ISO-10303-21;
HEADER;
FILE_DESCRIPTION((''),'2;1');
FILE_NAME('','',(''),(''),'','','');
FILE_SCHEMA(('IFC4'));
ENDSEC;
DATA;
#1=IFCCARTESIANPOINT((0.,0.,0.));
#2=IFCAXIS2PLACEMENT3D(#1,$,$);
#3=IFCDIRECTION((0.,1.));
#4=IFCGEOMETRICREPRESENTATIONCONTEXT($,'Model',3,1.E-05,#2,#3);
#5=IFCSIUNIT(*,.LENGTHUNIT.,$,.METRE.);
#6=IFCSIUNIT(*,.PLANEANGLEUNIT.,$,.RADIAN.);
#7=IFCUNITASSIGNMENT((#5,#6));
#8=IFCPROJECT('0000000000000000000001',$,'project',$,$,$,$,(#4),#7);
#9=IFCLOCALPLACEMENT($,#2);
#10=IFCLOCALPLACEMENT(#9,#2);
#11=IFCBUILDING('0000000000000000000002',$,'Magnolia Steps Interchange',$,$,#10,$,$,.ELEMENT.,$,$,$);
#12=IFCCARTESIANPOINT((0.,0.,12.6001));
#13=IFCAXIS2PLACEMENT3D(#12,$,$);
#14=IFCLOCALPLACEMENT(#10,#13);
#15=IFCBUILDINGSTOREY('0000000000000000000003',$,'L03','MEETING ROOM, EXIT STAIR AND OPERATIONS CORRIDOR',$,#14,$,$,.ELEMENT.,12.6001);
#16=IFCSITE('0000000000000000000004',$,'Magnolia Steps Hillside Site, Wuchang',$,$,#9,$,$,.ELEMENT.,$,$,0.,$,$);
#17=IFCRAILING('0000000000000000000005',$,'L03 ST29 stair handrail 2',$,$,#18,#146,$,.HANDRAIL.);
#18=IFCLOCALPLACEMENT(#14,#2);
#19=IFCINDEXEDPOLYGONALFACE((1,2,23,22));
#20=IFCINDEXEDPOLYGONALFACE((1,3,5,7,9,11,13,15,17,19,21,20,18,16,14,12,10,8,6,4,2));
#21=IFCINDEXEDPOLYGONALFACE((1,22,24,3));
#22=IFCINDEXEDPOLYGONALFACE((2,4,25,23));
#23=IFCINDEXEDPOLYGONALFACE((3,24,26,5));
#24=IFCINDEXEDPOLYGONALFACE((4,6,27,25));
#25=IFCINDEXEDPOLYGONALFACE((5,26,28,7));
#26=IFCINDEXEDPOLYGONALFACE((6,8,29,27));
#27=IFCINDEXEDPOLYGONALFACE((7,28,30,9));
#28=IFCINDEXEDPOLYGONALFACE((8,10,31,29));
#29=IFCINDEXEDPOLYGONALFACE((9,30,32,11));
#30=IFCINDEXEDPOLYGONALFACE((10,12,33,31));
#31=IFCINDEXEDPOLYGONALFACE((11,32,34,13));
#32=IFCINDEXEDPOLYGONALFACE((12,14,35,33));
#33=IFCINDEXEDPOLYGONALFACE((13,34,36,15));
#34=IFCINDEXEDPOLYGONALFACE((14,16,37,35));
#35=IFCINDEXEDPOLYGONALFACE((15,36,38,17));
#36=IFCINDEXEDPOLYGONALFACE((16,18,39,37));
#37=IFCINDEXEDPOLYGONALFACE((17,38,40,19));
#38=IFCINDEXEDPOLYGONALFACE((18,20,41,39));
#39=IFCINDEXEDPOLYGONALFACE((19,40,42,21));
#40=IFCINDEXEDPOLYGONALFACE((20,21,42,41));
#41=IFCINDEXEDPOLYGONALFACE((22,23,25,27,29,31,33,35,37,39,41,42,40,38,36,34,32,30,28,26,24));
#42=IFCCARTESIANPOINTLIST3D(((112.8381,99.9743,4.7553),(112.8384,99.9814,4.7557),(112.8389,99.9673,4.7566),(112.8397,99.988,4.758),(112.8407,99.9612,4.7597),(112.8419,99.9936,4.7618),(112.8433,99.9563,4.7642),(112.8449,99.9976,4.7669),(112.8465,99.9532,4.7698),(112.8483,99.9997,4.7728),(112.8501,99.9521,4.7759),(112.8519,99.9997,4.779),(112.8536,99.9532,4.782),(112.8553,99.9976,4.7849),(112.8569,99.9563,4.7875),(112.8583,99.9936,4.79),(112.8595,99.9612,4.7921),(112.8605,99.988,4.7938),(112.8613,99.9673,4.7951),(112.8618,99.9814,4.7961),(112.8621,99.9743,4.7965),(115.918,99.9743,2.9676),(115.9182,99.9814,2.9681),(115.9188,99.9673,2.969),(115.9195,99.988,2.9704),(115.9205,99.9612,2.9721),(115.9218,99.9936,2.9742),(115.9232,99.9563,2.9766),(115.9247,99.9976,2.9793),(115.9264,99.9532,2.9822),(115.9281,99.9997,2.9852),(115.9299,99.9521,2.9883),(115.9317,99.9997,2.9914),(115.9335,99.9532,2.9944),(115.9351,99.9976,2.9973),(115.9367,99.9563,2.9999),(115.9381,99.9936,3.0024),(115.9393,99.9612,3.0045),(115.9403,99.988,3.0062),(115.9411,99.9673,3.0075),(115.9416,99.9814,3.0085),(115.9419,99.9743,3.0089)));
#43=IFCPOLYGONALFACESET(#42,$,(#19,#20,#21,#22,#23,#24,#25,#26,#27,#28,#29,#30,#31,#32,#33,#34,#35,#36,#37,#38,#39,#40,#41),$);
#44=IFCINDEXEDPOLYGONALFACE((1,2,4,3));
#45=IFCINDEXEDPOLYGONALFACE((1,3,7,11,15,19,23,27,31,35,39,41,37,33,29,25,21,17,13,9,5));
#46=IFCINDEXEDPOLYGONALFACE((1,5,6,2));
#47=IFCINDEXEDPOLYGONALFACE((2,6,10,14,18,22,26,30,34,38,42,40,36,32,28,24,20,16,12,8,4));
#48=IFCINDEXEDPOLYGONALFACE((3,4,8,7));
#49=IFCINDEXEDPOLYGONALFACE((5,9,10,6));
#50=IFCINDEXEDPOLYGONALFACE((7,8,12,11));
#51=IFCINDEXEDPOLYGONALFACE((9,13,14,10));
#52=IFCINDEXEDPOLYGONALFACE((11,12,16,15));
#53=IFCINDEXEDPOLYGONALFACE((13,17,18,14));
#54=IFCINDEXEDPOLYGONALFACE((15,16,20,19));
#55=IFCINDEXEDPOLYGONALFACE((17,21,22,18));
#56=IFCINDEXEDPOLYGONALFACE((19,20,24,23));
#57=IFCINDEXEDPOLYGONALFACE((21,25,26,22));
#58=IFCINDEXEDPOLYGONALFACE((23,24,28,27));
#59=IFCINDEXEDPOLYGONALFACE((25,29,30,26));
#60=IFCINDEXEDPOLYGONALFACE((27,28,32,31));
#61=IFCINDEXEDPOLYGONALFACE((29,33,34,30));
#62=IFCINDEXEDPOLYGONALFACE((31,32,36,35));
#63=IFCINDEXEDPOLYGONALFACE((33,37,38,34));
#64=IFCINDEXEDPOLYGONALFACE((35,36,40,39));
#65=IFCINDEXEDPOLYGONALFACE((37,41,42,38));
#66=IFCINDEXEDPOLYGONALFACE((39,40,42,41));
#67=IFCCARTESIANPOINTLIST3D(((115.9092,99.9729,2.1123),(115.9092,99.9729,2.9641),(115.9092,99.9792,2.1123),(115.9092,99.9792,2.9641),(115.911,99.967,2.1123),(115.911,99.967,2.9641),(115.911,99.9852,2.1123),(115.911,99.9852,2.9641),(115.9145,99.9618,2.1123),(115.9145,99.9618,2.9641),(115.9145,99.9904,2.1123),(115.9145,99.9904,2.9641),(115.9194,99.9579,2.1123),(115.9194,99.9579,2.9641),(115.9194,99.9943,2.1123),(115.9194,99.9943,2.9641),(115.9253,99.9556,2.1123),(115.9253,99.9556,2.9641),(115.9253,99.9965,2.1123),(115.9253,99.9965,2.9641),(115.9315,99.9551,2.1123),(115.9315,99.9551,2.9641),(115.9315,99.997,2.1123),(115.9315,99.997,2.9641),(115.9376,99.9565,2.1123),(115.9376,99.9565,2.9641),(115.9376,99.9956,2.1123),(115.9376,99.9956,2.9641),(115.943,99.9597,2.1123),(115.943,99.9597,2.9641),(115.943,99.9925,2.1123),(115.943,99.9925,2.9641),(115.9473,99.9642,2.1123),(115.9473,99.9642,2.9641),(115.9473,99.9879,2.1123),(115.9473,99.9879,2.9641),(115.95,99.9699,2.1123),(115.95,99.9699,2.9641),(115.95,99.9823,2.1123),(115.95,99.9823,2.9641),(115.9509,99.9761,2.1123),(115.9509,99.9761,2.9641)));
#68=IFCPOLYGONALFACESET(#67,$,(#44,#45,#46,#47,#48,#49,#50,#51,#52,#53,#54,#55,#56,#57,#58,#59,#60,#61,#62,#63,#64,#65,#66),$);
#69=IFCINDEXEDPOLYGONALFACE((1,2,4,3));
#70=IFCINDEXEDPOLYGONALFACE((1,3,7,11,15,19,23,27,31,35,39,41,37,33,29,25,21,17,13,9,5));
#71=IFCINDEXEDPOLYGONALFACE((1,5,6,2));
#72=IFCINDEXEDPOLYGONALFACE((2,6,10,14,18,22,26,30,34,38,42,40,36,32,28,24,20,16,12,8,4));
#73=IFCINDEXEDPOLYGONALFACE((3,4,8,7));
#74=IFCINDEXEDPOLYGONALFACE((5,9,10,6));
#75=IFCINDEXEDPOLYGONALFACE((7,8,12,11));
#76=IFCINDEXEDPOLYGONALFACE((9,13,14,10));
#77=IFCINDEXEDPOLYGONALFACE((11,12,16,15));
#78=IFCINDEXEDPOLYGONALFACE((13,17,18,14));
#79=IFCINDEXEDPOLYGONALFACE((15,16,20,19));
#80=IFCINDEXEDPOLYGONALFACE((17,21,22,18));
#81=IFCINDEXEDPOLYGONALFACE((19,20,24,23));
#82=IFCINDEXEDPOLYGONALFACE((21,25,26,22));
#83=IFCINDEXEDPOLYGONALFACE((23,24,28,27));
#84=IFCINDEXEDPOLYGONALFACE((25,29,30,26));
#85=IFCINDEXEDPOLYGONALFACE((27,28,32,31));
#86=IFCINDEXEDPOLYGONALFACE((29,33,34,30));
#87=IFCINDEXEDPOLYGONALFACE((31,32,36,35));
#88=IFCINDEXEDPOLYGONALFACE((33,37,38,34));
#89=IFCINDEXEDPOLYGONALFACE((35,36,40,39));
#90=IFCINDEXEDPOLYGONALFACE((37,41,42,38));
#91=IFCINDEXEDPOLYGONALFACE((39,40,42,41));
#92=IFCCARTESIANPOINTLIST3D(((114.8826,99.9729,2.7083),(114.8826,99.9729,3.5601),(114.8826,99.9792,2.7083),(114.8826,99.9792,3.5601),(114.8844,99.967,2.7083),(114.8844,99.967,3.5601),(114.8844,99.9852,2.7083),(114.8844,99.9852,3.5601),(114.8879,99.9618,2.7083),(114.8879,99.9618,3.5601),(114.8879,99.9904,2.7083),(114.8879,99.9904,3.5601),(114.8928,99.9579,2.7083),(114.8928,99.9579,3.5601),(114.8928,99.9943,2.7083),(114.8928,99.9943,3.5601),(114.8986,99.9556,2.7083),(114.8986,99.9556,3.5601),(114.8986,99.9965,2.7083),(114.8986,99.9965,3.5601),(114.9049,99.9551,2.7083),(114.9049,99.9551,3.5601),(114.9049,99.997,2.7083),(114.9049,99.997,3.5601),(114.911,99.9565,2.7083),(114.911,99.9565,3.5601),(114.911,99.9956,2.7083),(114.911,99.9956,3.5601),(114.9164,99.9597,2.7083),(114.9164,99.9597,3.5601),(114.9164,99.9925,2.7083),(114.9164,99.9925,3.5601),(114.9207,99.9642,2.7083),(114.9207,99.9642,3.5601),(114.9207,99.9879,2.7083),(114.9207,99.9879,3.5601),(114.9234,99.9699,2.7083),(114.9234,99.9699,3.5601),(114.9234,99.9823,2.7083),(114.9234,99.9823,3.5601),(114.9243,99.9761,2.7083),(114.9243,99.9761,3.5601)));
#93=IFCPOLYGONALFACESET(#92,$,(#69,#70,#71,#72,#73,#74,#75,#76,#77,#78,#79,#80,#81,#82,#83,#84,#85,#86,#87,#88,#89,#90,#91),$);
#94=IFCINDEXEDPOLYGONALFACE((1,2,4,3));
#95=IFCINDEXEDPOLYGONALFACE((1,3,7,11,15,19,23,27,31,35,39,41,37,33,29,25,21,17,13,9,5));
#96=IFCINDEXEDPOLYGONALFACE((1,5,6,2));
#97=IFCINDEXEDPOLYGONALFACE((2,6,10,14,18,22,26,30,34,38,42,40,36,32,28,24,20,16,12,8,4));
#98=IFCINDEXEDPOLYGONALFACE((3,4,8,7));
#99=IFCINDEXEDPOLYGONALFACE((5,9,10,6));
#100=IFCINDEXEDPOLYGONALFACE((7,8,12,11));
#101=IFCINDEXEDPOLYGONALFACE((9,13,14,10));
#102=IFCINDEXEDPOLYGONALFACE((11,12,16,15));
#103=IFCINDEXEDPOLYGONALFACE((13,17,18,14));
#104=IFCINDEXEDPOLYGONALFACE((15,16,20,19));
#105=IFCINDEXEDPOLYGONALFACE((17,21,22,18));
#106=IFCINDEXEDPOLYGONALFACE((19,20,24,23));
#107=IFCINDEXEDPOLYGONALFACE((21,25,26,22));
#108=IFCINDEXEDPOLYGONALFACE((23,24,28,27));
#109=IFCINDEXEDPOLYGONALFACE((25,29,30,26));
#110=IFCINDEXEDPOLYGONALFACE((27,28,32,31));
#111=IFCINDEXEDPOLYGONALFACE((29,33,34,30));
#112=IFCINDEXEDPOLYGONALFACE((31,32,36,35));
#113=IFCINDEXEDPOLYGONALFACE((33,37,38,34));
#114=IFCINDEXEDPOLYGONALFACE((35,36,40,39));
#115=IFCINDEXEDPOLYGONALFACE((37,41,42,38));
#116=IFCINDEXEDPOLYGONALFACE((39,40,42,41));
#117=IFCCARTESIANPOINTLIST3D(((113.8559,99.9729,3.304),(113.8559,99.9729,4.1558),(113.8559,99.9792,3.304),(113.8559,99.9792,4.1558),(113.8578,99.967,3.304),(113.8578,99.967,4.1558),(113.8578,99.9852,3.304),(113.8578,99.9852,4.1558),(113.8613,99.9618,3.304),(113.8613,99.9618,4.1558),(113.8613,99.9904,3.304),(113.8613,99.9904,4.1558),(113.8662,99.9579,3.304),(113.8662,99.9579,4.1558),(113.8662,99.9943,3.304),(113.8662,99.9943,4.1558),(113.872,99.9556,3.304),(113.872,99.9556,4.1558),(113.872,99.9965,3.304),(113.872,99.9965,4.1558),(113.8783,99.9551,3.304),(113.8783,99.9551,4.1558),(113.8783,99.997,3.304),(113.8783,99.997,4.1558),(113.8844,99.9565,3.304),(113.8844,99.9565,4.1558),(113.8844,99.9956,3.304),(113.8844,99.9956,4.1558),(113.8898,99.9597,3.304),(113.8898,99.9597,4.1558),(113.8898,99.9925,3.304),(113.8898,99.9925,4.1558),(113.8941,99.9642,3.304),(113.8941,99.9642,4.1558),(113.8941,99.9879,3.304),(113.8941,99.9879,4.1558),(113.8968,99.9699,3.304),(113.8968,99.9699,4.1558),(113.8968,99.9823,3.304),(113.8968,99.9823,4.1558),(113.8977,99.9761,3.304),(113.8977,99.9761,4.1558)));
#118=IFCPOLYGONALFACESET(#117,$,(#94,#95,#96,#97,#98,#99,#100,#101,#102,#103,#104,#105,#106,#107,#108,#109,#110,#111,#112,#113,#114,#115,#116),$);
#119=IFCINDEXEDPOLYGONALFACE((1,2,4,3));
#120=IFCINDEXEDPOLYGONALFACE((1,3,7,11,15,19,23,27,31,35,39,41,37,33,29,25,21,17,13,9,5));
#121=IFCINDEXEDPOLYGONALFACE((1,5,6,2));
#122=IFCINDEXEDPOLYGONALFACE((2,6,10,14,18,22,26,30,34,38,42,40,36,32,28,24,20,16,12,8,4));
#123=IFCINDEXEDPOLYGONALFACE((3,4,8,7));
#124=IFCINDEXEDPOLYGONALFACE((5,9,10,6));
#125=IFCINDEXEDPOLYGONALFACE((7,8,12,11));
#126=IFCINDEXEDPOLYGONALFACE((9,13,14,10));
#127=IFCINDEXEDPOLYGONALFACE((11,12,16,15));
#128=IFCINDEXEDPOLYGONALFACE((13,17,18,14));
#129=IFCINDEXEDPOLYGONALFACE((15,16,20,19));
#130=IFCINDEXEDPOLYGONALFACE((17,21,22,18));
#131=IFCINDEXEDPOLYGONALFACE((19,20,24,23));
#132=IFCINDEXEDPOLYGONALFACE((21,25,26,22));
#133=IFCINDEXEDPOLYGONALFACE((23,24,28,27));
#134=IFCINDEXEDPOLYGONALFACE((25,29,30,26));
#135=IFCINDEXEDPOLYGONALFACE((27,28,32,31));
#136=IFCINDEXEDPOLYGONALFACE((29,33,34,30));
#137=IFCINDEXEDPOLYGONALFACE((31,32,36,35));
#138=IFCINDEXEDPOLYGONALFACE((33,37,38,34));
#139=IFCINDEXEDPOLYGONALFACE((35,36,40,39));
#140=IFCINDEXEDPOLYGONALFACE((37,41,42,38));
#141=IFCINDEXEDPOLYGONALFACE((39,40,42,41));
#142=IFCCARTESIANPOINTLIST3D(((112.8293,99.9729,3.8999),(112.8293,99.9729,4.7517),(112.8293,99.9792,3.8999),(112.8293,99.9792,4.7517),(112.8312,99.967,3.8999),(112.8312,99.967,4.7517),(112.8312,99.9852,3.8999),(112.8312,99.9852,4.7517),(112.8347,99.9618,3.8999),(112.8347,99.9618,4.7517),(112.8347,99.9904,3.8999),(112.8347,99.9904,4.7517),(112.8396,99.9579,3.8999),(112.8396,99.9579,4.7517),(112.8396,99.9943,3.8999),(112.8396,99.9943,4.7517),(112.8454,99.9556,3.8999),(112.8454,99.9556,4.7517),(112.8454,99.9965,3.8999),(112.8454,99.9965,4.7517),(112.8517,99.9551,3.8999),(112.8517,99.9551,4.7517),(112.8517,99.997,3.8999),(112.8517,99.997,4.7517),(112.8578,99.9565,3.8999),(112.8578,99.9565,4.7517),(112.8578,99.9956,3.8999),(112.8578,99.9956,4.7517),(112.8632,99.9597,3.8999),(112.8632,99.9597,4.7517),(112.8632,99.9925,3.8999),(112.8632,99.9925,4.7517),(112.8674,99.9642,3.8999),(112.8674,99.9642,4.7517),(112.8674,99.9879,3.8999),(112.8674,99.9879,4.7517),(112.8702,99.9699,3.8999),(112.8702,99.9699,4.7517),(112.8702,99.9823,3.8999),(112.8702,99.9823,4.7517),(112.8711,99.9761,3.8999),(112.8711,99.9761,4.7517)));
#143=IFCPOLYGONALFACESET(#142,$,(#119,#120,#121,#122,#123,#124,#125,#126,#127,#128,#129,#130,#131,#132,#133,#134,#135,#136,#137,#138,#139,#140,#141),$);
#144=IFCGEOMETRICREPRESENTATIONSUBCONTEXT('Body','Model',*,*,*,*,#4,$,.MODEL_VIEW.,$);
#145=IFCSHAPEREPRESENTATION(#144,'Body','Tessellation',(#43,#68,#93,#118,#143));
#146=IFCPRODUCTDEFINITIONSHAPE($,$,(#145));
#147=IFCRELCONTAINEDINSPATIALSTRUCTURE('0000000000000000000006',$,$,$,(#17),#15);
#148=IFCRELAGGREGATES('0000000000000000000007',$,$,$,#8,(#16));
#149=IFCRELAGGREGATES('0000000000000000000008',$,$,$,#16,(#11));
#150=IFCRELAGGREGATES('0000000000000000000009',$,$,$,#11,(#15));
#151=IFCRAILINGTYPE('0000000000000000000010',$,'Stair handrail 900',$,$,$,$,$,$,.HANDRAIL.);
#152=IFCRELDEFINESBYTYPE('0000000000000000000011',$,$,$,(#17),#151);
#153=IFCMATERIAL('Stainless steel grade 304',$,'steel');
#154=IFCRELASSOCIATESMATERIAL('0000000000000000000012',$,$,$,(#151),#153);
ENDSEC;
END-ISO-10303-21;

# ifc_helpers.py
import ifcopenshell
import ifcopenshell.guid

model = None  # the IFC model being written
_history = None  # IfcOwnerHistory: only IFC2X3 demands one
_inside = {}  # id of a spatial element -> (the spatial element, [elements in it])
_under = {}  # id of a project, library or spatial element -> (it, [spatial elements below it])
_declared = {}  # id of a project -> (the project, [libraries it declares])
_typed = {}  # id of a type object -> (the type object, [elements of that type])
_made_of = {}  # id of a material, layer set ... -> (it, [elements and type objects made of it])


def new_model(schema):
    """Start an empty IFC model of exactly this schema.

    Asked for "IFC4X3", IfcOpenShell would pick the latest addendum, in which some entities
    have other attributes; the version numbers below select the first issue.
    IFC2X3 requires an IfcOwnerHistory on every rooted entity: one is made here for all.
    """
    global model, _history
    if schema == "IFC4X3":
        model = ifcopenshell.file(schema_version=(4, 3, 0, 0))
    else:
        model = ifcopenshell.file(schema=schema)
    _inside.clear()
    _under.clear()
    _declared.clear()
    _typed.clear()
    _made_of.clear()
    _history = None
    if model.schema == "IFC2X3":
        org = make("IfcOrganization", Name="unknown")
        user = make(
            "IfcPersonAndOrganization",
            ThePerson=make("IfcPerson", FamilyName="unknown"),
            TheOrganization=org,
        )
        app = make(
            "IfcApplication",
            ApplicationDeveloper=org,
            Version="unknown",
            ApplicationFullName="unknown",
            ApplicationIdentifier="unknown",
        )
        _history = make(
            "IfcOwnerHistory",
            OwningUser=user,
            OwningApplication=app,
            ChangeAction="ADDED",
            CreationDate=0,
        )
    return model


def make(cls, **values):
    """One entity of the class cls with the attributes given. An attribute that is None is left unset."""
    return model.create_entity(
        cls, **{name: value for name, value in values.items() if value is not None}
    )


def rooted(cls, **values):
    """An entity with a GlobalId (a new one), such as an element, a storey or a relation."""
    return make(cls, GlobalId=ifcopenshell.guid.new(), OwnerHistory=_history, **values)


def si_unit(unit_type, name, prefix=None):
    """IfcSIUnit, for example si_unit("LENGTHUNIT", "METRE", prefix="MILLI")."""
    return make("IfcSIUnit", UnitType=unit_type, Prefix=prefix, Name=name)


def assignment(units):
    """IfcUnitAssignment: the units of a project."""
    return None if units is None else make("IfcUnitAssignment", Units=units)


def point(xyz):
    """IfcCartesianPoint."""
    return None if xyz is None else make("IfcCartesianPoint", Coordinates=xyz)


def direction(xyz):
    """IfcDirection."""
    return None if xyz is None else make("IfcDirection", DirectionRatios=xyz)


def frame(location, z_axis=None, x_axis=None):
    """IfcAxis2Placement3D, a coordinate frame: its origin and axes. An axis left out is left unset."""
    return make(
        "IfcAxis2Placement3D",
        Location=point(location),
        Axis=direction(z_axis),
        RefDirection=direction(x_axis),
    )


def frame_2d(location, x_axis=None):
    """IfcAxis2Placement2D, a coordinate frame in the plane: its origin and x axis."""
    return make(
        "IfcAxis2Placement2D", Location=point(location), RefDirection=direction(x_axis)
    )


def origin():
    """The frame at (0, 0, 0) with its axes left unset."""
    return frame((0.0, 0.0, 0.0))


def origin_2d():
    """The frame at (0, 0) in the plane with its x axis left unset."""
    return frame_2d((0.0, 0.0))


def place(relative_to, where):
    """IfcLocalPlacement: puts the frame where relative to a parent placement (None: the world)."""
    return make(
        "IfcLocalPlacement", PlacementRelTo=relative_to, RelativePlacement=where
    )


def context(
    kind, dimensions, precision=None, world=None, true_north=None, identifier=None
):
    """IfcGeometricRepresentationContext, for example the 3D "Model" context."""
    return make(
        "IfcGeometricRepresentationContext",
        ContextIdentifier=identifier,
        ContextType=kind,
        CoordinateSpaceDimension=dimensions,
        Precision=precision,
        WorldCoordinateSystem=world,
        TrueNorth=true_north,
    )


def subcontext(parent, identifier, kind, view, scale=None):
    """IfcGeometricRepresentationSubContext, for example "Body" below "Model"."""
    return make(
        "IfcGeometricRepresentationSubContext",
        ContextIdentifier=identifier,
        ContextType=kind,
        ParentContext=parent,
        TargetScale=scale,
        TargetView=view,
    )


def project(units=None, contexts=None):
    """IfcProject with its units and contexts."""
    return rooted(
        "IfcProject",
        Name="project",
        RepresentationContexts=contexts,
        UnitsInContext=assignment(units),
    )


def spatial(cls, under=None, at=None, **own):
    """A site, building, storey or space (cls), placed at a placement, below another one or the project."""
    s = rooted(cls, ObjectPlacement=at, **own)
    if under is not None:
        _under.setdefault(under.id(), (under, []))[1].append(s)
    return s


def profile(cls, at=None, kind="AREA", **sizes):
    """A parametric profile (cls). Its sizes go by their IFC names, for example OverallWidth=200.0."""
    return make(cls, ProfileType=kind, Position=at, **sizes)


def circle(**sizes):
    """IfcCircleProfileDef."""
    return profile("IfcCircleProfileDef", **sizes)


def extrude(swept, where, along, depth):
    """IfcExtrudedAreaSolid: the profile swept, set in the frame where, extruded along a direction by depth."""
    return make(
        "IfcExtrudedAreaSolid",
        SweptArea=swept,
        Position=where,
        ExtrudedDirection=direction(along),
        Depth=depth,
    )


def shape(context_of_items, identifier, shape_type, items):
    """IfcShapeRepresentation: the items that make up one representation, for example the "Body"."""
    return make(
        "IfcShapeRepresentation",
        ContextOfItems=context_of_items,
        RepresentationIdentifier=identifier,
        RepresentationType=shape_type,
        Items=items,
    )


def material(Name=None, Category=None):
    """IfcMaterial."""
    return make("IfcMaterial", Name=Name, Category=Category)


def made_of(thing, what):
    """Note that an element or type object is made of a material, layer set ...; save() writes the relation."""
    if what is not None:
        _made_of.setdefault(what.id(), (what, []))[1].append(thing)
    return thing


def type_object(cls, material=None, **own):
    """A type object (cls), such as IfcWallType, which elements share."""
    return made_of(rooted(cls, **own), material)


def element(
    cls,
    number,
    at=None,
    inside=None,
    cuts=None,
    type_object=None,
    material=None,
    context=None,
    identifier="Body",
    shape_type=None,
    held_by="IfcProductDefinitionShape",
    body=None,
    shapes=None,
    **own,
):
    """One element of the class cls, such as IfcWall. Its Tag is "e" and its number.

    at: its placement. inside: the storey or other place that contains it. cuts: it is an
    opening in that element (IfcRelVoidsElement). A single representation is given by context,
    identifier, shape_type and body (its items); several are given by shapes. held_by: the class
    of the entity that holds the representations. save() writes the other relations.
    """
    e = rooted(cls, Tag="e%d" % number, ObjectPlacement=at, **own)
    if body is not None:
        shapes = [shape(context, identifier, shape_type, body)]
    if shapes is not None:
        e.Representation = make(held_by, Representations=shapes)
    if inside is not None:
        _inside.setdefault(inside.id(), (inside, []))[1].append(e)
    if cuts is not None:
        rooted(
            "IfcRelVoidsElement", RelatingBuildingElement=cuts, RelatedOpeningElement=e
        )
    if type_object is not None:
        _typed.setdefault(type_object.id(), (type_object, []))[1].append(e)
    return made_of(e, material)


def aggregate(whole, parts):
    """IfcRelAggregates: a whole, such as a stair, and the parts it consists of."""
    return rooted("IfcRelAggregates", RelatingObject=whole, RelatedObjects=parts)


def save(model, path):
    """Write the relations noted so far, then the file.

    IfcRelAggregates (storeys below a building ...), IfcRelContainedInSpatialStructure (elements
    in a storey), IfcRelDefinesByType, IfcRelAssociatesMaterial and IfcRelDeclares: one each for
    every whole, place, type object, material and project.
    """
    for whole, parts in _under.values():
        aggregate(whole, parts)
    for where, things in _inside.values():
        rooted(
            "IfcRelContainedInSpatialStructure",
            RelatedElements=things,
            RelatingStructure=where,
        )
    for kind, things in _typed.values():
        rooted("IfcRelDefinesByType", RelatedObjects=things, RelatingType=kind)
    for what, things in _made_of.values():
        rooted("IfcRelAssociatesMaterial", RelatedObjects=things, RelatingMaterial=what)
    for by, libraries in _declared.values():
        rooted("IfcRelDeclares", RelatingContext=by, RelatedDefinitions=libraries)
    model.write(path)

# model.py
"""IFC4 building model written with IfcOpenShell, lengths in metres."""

from ifc_helpers import new_model, si_unit, direction, frame, origin, origin_2d, place, context, subcontext, project, spatial, circle, extrude, material, type_object, element, save


model = new_model("IFC4")

# Units and contexts
model_context = context("Model", 3, precision=1e-05, world=origin(), true_north=direction((0.0, 1.0)))
body_context = subcontext(model_context, "Body", "Model", "MODEL_VIEW")
ifc_project = project(units=[si_unit("LENGTHUNIT", "METRE"), si_unit("PLANEANGLEUNIT", "RADIAN")], contexts=[model_context])

# Site, building, storey
site_placement = place(None, origin())
site = spatial("IfcSite", under=ifc_project, at=site_placement, Name="Magnolia Steps Hillside Site, Wuchang", CompositionType="ELEMENT", RefElevation=0.0)
building_placement = place(site_placement, origin())
building = spatial("IfcBuilding", under=site, at=building_placement, Name="Magnolia Steps Interchange", CompositionType="ELEMENT")
storey_placement = place(building_placement, frame((0.0, 0.0, 12.6001)))
storey = spatial("IfcBuildingStorey", under=building, at=storey_placement, Name="L03", Description="MEETING ROOM, EXIT STAIR AND OPERATIONS CORRIDOR", CompositionType="ELEMENT", Elevation=12.6001)

# Railing
ifc_material_1 = material(Name="Stainless steel grade 304", Category="steel")
railing_type = type_object("IfcRailingType", Name="Stair handrail 900", PredefinedType="HANDRAIL", material=ifc_material_1)
railing_placement = place(storey_placement, frame((115.9299, 99.9761, 2.1123)))
element("IfcRailing", 1, at=railing_placement, inside=storey, type_object=railing_type, Name="L03 ST29 stair handrail 2", PredefinedType="HANDRAIL", context=body_context, shape_type="SweptSolid", body=[
    extrude(circle(Radius=0.0239, at=origin_2d()), frame((0.0, 0.0, 0.876), z_axis=(-0.864873, 0.0, 0.50199), x_axis=(0.0, -1.0, 0.0)), (0.0, 0.0, 1.0), 3.561),
    extrude(circle(Radius=0.021, at=origin_2d()), origin(), (0.0, 0.0, 1.0), 0.8518),
    extrude(circle(Radius=0.021, at=origin_2d()), frame((-1.0266, 0.0, 0.5959)), (0.0, 0.0, 1.0), 0.8518),
    extrude(circle(Radius=0.021, at=origin_2d()), frame((-2.0532, 0.0, 1.1917)), (0.0, 0.0, 1.0), 0.8518),
    extrude(circle(Radius=0.021, at=origin_2d()), frame((-3.0798, 0.0, 1.7876)), (0.0, 0.0, 1.0), 0.8518),
])

save(model, "model.ifc")
